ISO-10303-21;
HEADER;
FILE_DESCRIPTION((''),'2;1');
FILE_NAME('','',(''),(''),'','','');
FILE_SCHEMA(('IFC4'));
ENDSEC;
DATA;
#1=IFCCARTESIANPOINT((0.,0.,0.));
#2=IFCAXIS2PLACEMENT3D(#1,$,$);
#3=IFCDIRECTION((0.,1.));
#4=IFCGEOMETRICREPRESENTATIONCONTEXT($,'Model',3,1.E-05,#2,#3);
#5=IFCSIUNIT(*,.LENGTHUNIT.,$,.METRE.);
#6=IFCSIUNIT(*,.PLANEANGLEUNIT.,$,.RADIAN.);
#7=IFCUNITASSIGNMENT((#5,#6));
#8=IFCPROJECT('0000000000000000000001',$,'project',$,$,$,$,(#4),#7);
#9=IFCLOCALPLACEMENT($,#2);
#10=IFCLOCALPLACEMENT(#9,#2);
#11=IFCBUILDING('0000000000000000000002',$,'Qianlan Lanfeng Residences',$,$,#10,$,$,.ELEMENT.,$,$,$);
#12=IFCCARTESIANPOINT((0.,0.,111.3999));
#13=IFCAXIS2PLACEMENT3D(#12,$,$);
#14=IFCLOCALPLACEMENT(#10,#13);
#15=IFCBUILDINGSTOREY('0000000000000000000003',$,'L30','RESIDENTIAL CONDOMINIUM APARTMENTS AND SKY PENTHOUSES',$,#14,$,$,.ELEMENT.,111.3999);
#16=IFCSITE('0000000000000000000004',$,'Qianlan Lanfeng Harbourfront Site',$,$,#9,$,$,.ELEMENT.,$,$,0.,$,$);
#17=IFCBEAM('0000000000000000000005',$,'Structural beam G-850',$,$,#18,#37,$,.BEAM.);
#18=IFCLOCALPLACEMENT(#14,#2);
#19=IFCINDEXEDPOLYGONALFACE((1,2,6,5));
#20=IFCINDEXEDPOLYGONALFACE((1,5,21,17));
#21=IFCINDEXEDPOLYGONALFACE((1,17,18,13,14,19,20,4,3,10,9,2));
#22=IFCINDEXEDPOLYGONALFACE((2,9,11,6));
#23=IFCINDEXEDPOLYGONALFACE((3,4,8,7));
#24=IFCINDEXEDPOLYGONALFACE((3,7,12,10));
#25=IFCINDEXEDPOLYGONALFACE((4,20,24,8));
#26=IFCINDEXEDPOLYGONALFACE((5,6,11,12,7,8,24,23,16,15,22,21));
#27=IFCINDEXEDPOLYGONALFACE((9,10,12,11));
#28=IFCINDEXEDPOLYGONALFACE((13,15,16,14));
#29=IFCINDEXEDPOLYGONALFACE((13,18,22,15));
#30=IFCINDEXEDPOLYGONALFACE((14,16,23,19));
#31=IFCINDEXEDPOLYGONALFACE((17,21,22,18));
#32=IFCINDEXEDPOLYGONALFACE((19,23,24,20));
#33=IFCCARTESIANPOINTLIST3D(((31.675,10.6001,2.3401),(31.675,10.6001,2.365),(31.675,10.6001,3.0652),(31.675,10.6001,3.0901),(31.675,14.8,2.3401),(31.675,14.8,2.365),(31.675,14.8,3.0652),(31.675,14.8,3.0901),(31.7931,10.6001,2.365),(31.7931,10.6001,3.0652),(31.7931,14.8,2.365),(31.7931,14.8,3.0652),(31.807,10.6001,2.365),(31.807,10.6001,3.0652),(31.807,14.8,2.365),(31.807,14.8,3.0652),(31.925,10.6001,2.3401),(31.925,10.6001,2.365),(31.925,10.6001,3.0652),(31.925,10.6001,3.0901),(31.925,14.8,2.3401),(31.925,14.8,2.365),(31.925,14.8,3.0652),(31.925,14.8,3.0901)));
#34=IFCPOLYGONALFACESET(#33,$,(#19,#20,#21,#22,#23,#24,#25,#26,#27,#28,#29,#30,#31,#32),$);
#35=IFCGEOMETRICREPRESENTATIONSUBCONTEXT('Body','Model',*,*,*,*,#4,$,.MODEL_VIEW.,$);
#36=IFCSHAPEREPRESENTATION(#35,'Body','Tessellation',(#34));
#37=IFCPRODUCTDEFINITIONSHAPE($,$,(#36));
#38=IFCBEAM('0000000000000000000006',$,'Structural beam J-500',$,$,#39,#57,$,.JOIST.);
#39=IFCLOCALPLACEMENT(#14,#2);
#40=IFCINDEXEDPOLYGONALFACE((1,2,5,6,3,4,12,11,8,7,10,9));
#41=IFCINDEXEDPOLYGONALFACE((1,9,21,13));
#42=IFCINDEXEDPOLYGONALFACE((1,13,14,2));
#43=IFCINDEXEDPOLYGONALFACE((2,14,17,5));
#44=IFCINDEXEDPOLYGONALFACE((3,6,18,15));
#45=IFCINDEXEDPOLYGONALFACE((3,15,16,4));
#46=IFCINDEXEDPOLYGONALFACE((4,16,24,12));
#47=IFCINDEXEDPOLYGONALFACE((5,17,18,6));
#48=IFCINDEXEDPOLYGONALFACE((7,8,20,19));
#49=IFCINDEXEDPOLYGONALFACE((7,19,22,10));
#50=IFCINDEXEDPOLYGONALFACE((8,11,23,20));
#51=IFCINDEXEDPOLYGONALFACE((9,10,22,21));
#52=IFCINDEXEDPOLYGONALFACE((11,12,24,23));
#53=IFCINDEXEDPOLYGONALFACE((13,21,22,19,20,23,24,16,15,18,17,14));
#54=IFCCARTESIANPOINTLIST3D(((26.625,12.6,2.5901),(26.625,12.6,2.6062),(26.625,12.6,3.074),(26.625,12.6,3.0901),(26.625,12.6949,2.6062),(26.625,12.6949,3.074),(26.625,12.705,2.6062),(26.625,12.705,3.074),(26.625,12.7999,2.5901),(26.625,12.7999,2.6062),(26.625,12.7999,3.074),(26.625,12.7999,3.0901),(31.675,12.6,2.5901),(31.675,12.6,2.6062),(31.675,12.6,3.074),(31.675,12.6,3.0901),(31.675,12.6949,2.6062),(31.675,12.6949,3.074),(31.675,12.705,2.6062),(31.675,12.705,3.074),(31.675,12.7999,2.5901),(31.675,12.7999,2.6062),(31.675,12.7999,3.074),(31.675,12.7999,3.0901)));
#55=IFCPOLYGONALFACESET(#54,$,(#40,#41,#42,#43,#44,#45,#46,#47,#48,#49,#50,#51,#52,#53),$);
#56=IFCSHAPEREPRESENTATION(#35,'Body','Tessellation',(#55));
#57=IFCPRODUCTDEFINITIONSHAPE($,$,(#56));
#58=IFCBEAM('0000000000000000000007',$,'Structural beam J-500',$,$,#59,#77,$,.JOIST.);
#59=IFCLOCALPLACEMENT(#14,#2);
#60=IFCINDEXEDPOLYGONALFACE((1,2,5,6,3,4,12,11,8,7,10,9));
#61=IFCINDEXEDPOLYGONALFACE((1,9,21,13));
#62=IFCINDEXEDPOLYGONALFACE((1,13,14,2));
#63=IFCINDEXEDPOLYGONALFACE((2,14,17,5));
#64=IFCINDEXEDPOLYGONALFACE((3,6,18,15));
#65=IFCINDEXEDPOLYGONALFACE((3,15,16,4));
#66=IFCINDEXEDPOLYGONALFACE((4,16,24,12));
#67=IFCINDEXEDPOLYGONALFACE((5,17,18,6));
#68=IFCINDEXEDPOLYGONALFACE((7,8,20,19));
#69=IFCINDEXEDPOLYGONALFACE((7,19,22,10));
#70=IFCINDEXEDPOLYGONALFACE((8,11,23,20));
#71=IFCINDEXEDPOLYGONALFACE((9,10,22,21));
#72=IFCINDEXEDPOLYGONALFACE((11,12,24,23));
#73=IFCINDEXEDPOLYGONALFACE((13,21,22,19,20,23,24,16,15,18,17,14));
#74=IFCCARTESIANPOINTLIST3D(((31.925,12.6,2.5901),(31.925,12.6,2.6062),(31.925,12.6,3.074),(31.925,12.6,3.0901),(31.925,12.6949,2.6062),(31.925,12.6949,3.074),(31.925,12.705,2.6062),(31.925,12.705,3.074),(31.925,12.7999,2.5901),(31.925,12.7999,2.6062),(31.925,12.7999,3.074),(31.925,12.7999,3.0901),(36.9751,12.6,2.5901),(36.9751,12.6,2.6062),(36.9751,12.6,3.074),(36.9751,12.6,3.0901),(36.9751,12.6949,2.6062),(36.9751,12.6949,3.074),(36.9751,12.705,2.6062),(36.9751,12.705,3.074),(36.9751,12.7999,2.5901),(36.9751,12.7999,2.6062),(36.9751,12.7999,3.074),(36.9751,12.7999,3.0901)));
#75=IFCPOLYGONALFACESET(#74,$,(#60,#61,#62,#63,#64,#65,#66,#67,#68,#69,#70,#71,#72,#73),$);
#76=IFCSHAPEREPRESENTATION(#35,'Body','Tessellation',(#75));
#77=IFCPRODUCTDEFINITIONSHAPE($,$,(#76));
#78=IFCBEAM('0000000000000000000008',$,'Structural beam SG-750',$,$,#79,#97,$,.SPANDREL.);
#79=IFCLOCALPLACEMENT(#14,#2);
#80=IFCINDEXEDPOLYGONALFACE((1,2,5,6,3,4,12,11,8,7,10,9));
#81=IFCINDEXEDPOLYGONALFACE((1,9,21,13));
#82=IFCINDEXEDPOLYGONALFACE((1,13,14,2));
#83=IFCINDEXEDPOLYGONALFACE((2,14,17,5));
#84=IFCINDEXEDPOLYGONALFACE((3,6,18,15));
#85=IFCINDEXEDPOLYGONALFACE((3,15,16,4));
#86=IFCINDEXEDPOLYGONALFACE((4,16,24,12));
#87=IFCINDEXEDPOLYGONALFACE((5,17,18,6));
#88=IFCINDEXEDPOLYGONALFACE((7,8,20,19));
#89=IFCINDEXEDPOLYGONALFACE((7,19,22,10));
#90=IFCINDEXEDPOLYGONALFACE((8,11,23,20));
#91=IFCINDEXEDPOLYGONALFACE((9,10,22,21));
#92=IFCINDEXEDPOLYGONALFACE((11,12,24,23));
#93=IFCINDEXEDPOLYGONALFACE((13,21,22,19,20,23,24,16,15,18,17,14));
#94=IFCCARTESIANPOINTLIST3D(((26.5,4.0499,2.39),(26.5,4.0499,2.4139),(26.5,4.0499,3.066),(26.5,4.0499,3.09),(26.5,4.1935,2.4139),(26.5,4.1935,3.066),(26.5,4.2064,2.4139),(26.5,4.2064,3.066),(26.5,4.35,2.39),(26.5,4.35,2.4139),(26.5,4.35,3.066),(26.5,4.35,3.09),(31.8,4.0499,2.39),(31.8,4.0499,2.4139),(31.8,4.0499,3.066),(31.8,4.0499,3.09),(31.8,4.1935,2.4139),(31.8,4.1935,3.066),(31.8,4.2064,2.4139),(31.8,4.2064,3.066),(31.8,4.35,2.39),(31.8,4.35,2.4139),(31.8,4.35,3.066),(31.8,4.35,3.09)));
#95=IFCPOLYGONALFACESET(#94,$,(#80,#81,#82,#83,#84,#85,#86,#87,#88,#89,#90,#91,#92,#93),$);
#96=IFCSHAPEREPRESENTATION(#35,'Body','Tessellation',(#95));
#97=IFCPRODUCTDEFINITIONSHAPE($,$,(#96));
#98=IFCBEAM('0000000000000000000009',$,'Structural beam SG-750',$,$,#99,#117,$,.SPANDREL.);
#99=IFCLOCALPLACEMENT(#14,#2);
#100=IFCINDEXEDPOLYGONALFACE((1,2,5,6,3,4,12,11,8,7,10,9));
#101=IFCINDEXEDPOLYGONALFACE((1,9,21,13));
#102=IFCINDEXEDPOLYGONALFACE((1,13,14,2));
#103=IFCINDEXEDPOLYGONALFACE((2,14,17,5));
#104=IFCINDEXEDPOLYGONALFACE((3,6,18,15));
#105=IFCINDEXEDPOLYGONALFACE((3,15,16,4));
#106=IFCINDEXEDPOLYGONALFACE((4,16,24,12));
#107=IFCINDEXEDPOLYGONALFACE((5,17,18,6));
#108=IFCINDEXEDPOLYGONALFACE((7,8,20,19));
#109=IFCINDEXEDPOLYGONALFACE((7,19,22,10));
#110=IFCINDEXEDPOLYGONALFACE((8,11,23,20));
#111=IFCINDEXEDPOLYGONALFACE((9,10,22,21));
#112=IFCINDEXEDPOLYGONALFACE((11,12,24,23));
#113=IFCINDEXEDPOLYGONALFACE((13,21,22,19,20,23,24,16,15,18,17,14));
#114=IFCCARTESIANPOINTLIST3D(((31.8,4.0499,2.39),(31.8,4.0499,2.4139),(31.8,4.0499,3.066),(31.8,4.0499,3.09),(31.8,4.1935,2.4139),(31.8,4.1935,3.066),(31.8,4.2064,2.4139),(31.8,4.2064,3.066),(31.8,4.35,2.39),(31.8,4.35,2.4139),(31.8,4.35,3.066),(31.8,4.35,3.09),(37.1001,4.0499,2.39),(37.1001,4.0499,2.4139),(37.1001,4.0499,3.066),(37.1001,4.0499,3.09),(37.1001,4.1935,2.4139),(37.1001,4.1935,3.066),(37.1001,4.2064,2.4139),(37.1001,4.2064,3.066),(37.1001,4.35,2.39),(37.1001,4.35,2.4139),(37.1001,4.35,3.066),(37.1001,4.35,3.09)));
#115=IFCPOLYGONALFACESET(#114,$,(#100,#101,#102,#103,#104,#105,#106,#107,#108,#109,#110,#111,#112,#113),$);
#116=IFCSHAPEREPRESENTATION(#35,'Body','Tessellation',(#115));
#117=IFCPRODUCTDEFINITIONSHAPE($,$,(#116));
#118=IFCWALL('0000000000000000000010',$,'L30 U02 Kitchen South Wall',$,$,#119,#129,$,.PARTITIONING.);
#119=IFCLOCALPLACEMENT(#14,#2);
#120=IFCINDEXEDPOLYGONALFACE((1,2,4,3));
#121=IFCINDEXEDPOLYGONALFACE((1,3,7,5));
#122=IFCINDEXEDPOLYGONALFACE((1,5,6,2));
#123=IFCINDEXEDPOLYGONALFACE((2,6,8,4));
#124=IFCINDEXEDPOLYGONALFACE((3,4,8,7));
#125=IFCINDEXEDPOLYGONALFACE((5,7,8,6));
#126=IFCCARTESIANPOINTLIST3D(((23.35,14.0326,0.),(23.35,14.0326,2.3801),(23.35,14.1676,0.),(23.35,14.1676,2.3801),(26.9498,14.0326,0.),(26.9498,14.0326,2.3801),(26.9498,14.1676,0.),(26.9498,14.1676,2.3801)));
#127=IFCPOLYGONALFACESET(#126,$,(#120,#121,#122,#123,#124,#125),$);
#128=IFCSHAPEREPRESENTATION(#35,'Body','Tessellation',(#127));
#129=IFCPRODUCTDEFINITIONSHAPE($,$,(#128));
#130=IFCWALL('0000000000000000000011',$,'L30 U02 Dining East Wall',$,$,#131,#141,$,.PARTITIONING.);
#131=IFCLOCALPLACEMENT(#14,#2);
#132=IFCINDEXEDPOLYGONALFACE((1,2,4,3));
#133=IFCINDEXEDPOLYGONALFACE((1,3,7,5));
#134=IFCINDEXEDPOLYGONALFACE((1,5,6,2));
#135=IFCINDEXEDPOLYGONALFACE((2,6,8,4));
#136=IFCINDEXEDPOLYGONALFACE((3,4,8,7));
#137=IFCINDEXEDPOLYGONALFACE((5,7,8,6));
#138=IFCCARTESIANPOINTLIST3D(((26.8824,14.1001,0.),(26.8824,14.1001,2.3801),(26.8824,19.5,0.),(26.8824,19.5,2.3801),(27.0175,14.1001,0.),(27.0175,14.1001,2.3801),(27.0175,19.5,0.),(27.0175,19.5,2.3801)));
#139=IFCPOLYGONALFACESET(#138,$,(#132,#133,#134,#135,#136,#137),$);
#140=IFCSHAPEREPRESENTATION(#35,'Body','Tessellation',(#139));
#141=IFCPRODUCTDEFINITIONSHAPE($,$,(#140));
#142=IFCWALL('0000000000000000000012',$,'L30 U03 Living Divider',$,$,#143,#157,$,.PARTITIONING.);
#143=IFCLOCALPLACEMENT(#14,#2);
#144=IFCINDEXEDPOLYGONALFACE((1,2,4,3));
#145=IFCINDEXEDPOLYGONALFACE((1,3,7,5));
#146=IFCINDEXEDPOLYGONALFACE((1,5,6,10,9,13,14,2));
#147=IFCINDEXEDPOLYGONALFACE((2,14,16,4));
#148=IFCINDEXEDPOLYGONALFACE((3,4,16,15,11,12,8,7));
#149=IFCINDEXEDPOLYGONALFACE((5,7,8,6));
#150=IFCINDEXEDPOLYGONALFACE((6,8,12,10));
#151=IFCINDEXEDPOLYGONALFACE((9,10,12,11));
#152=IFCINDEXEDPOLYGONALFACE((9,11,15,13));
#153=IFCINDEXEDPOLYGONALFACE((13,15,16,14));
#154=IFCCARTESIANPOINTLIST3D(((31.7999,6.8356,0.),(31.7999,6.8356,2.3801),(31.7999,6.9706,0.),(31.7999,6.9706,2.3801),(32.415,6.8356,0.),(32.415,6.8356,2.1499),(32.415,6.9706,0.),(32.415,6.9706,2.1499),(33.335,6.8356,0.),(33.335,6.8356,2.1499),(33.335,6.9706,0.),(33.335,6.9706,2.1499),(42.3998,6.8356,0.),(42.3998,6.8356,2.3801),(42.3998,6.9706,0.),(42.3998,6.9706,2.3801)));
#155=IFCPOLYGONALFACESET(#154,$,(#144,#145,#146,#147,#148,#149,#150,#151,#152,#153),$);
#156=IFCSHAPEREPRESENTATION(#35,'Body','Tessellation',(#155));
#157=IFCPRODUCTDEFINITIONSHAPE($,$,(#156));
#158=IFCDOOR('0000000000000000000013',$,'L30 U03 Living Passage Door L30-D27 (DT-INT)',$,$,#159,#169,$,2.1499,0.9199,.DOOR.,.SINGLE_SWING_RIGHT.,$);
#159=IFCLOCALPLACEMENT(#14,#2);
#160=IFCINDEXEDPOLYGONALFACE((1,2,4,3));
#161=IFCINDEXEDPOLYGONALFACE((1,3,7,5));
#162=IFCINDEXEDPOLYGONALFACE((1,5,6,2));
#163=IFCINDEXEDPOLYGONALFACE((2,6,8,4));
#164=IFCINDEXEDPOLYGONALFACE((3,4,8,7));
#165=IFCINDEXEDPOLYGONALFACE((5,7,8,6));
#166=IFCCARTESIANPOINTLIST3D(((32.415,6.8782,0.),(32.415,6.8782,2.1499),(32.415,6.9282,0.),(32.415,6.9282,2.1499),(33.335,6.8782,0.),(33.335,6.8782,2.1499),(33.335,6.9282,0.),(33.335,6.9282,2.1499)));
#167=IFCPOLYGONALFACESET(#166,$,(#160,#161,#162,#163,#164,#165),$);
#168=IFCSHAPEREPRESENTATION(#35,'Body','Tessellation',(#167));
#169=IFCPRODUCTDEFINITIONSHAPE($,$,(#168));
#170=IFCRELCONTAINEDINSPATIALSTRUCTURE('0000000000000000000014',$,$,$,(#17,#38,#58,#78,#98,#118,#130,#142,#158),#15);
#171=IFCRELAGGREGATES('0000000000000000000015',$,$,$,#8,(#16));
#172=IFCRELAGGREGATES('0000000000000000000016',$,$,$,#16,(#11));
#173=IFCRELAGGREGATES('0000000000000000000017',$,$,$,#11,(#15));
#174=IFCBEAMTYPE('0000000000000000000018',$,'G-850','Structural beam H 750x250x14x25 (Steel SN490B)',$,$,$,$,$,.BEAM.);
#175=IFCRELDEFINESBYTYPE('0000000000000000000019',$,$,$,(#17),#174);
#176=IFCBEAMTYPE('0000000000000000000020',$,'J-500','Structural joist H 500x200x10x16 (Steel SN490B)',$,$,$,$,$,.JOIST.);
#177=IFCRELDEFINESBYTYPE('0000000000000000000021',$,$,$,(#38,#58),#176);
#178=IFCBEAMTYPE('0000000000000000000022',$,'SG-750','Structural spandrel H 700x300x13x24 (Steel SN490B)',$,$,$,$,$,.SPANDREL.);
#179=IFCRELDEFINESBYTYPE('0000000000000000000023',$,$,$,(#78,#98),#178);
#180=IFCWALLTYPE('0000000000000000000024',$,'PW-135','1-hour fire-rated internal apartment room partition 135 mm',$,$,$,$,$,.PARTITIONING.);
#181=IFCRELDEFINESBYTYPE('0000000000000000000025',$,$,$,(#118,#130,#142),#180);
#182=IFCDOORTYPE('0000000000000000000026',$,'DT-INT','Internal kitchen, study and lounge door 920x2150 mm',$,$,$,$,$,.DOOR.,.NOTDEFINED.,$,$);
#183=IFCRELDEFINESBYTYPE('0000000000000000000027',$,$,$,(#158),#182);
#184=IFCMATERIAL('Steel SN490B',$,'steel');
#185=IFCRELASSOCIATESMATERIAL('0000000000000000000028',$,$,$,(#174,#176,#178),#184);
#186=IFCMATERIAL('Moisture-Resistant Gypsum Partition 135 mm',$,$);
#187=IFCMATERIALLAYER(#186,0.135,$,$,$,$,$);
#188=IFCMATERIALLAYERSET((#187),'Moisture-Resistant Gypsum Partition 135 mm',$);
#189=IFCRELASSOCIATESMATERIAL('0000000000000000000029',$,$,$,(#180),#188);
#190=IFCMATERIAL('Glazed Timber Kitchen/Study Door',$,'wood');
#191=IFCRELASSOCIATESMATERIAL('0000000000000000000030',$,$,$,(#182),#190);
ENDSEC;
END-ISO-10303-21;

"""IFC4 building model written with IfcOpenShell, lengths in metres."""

from ifc_helpers import new_model, si_unit, direction, frame, frame_2d, origin, origin_2d, place, context, subcontext, project, spatial, rectangle, i_section, extrude, material, layer, layer_set, material_profile, profile_set, type_object, element, fill, save


model = new_model("IFC4")

# Units and contexts
model_context = context("Model", 3, precision=1e-05, world=origin(), true_north=direction((0.0, 1.0)))
body_context = subcontext(model_context, "Body", "Model", "MODEL_VIEW")
ifc_project = project(units=[si_unit("LENGTHUNIT", "METRE"), si_unit("PLANEANGLEUNIT", "RADIAN")], contexts=[model_context])

# Site, building, storey
site_placement = place(None, origin())
site = spatial("IfcSite", under=ifc_project, at=site_placement, Name="Qianlan Lanfeng Harbourfront Site", CompositionType="ELEMENT", RefElevation=0.0)
building_placement = place(site_placement, origin())
building = spatial("IfcBuilding", under=site, at=building_placement, Name="Qianlan Lanfeng Residences", CompositionType="ELEMENT")
storey_placement = place(building_placement, frame((0.0, 0.0, 111.3999)))
storey = spatial("IfcBuildingStorey", under=building, at=storey_placement, Name="L30", Description="RESIDENTIAL CONDOMINIUM APARTMENTS AND SKY PENTHOUSES", CompositionType="ELEMENT", Elevation=111.3999)

# Shared definitions
ifc_material_1 = material(Name="Steel SN490B", Category="steel")

# Beams
ifc_material_profile_1 = material_profile(ifc_material_1, i_section(OverallWidth=0.25, OverallDepth=0.75, WebThickness=0.0139, FlangeThickness=0.0249, at=origin_2d()), Name="H 750x250x14x25")
ifc_profile_set_1 = profile_set([ifc_material_profile_1], Name="Steel SN490B")
beam_type_1 = type_object("IfcBeamType", Name="G-850", Description="Structural beam H 750x250x14x25 (Steel SN490B)", PredefinedType="BEAM", material=ifc_profile_set_1)
beam_1_placement = place(storey_placement, frame((31.8, 10.6001, 2.7151), z_axis=(0.0, 1.0, 0.0), x_axis=(-1.0, 0.0, 0.0)))
element("IfcBeam", 1, at=beam_1_placement, inside=storey, type_object=beam_type_1, Name="Structural beam G-850", PredefinedType="BEAM", context=body_context, shape_type="SweptSolid", body=[
    extrude(i_section(OverallWidth=0.25, OverallDepth=0.75, WebThickness=0.0139, FlangeThickness=0.0249, at=origin_2d()), origin(), (0.0, 0.0, 1.0), 4.2),
])
ifc_material_profile_2 = material_profile(ifc_material_1, i_section(OverallWidth=0.2, OverallDepth=0.5, WebThickness=0.01, FlangeThickness=0.0161, at=origin_2d()), Name="H 500x200x10x16")
ifc_profile_set_2 = profile_set([ifc_material_profile_2], Name="Steel SN490B")
beam_type_2 = type_object("IfcBeamType", Name="J-500", Description="Structural joist H 500x200x10x16 (Steel SN490B)", PredefinedType="JOIST", material=ifc_profile_set_2)
for number, where, z_axis, x_axis, name in (
    (2, (26.625, 12.7, 2.8401), (1.0, 0.0, 0.0), (0.0, 1.0, 0.0), "Structural beam J-500"),
    (3, (31.925, 12.7, 2.8401), (1.0, 0.0, 0.0), (0.0, 1.0, 0.0), "Structural beam J-500"),
):
    element("IfcBeam", number, at=place(storey_placement, frame(where, z_axis=z_axis, x_axis=x_axis)), inside=storey, type_object=beam_type_2, Name=name, PredefinedType="JOIST", context=body_context, shape_type="SweptSolid", body=[
        extrude(i_section(OverallWidth=0.2, OverallDepth=0.5, WebThickness=0.01, FlangeThickness=0.0161, at=origin_2d()), origin(), (0.0, 0.0, 1.0), 5.05),
    ])
ifc_material_profile_3 = material_profile(ifc_material_1, i_section(OverallWidth=0.3, OverallDepth=0.7, WebThickness=0.0129, FlangeThickness=0.0239, at=origin_2d()), Name="H 700x300x13x24")
ifc_profile_set_3 = profile_set([ifc_material_profile_3], Name="Steel SN490B")
beam_type_3 = type_object("IfcBeamType", Name="SG-750", Description="Structural spandrel H 700x300x13x24 (Steel SN490B)", PredefinedType="SPANDREL", material=ifc_profile_set_3)
for number, where, z_axis, x_axis, name in (
    (4, (26.5, 4.2, 2.74), (1.0, 0.0, 0.0), (0.0, 1.0, 0.0), "Structural beam SG-750"),
    (5, (31.8, 4.2, 2.74), (1.0, 0.0, 0.0), (0.0, 1.0, 0.0), "Structural beam SG-750"),
):
    element("IfcBeam", number, at=place(storey_placement, frame(where, z_axis=z_axis, x_axis=x_axis)), inside=storey, type_object=beam_type_3, Name=name, PredefinedType="SPANDREL", context=body_context, shape_type="SweptSolid", body=[
        extrude(i_section(OverallWidth=0.3, OverallDepth=0.7, WebThickness=0.0129, FlangeThickness=0.0239, at=origin_2d()), origin(), (0.0, 0.0, 1.0), 5.3),
    ])

# Shared definitions
ifc_material_2 = material(Name="Moisture-Resistant Gypsum Partition 135 mm")
ifc_layer = layer(ifc_material_2, 0.135)
ifc_layer_set = layer_set([ifc_layer], Name="Moisture-Resistant Gypsum Partition 135 mm")
wall_type = type_object("IfcWallType", Name="PW-135", Description="1-hour fire-rated internal apartment room partition 135 mm", PredefinedType="PARTITIONING", material=ifc_layer_set)
ifc_material_3 = material(Name="Glazed Timber Kitchen/Study Door", Category="wood")
door_type_1 = type_object("IfcDoorType", Name="DT-INT", Description="Internal kitchen, study and lounge door 920x2150 mm", OperationType="NOTDEFINED", PredefinedType="DOOR", material=ifc_material_3)

# Walls
wall_1_placement = place(storey_placement, frame((23.3501, 14.1001, 0.0), z_axis=(0.0, 0.0, 1.0), x_axis=(1.0, 0.0, 0.0)))
element("IfcWall", 6, at=wall_1_placement, inside=storey, type_object=wall_type, Name="L30 U02 Kitchen South Wall", PredefinedType="PARTITIONING", context=body_context, shape_type="SweptSolid", body=[
    extrude(rectangle(XDim=3.5999, YDim=0.135, at=frame_2d((1.7998, 0.0))), origin(), (0.0, 0.0, 1.0), 2.3801),
])
wall_2_placement = place(storey_placement, frame((26.95, 14.1001, 0.0), z_axis=(0.0, 0.0, 1.0), x_axis=(0.0, 1.0, 0.0)))
element("IfcWall", 7, at=wall_2_placement, inside=storey, type_object=wall_type, Name="L30 U02 Dining East Wall", PredefinedType="PARTITIONING", context=body_context, shape_type="SweptSolid", body=[
    extrude(rectangle(XDim=5.3999, YDim=0.135, at=frame_2d((2.7, 0.0))), origin(), (0.0, 0.0, 1.0), 2.3801),
])

# Wall, opening, door
wall_3_placement = place(storey_placement, frame((31.8, 6.9031, 0.0), z_axis=(0.0, 0.0, 1.0), x_axis=(1.0, 0.0, 0.0)))
wall_3 = element("IfcWall", 8, at=wall_3_placement, inside=storey, type_object=wall_type, Name="L30 U03 Living Divider", PredefinedType="PARTITIONING", context=body_context, shape_type="SweptSolid", body=[
    extrude(rectangle(XDim=10.5999, YDim=0.135, at=frame_2d((5.2998, 0.0))), origin(), (0.0, 0.0, 1.0), 2.3801),
])
opening_1_placement = place(wall_3_placement, frame((0.615, 0.0, 0.0)))
opening_1 = element("IfcOpeningElement", 9, at=opening_1_placement, cuts=wall_3, PredefinedType="OPENING", context=body_context, shape_type="SweptSolid", body=[
    extrude(rectangle(XDim=0.9199, YDim=2.1499, at=frame_2d((0.46, 1.075))), frame((0.0, 0.0776, 0.0), z_axis=(0.0, -1.0, 0.0), x_axis=(1.0, 0.0, 0.0)), (0.0, 0.0, 1.0), 0.155),
])
door_1_placement = place(opening_1_placement, frame((0.9199, 0.0, 0.0), z_axis=(0.0, 0.0, 1.0), x_axis=(-1.0, 0.0, 0.0)))
door_1 = element("IfcDoor", 10, at=door_1_placement, inside=storey, type_object=door_type_1, Name="L30 U03 Living Passage Door L30-D27 (DT-INT)", OperationType="SINGLE_SWING_RIGHT", OverallHeight=2.1499, OverallWidth=0.9199, PredefinedType="DOOR", context=body_context, shape_type="SweptSolid", body=[
    extrude(rectangle(XDim=0.9199, YDim=2.1499, at=frame_2d((0.46, 1.075))), frame((0.0, 0.0249, 0.0), z_axis=(0.0, -1.0, 0.0), x_axis=(1.0, 0.0, 0.0)), (0.0, 0.0, 1.0), 0.05),
])
fill(opening_1, door_1)

save(model, "model.ifc")
